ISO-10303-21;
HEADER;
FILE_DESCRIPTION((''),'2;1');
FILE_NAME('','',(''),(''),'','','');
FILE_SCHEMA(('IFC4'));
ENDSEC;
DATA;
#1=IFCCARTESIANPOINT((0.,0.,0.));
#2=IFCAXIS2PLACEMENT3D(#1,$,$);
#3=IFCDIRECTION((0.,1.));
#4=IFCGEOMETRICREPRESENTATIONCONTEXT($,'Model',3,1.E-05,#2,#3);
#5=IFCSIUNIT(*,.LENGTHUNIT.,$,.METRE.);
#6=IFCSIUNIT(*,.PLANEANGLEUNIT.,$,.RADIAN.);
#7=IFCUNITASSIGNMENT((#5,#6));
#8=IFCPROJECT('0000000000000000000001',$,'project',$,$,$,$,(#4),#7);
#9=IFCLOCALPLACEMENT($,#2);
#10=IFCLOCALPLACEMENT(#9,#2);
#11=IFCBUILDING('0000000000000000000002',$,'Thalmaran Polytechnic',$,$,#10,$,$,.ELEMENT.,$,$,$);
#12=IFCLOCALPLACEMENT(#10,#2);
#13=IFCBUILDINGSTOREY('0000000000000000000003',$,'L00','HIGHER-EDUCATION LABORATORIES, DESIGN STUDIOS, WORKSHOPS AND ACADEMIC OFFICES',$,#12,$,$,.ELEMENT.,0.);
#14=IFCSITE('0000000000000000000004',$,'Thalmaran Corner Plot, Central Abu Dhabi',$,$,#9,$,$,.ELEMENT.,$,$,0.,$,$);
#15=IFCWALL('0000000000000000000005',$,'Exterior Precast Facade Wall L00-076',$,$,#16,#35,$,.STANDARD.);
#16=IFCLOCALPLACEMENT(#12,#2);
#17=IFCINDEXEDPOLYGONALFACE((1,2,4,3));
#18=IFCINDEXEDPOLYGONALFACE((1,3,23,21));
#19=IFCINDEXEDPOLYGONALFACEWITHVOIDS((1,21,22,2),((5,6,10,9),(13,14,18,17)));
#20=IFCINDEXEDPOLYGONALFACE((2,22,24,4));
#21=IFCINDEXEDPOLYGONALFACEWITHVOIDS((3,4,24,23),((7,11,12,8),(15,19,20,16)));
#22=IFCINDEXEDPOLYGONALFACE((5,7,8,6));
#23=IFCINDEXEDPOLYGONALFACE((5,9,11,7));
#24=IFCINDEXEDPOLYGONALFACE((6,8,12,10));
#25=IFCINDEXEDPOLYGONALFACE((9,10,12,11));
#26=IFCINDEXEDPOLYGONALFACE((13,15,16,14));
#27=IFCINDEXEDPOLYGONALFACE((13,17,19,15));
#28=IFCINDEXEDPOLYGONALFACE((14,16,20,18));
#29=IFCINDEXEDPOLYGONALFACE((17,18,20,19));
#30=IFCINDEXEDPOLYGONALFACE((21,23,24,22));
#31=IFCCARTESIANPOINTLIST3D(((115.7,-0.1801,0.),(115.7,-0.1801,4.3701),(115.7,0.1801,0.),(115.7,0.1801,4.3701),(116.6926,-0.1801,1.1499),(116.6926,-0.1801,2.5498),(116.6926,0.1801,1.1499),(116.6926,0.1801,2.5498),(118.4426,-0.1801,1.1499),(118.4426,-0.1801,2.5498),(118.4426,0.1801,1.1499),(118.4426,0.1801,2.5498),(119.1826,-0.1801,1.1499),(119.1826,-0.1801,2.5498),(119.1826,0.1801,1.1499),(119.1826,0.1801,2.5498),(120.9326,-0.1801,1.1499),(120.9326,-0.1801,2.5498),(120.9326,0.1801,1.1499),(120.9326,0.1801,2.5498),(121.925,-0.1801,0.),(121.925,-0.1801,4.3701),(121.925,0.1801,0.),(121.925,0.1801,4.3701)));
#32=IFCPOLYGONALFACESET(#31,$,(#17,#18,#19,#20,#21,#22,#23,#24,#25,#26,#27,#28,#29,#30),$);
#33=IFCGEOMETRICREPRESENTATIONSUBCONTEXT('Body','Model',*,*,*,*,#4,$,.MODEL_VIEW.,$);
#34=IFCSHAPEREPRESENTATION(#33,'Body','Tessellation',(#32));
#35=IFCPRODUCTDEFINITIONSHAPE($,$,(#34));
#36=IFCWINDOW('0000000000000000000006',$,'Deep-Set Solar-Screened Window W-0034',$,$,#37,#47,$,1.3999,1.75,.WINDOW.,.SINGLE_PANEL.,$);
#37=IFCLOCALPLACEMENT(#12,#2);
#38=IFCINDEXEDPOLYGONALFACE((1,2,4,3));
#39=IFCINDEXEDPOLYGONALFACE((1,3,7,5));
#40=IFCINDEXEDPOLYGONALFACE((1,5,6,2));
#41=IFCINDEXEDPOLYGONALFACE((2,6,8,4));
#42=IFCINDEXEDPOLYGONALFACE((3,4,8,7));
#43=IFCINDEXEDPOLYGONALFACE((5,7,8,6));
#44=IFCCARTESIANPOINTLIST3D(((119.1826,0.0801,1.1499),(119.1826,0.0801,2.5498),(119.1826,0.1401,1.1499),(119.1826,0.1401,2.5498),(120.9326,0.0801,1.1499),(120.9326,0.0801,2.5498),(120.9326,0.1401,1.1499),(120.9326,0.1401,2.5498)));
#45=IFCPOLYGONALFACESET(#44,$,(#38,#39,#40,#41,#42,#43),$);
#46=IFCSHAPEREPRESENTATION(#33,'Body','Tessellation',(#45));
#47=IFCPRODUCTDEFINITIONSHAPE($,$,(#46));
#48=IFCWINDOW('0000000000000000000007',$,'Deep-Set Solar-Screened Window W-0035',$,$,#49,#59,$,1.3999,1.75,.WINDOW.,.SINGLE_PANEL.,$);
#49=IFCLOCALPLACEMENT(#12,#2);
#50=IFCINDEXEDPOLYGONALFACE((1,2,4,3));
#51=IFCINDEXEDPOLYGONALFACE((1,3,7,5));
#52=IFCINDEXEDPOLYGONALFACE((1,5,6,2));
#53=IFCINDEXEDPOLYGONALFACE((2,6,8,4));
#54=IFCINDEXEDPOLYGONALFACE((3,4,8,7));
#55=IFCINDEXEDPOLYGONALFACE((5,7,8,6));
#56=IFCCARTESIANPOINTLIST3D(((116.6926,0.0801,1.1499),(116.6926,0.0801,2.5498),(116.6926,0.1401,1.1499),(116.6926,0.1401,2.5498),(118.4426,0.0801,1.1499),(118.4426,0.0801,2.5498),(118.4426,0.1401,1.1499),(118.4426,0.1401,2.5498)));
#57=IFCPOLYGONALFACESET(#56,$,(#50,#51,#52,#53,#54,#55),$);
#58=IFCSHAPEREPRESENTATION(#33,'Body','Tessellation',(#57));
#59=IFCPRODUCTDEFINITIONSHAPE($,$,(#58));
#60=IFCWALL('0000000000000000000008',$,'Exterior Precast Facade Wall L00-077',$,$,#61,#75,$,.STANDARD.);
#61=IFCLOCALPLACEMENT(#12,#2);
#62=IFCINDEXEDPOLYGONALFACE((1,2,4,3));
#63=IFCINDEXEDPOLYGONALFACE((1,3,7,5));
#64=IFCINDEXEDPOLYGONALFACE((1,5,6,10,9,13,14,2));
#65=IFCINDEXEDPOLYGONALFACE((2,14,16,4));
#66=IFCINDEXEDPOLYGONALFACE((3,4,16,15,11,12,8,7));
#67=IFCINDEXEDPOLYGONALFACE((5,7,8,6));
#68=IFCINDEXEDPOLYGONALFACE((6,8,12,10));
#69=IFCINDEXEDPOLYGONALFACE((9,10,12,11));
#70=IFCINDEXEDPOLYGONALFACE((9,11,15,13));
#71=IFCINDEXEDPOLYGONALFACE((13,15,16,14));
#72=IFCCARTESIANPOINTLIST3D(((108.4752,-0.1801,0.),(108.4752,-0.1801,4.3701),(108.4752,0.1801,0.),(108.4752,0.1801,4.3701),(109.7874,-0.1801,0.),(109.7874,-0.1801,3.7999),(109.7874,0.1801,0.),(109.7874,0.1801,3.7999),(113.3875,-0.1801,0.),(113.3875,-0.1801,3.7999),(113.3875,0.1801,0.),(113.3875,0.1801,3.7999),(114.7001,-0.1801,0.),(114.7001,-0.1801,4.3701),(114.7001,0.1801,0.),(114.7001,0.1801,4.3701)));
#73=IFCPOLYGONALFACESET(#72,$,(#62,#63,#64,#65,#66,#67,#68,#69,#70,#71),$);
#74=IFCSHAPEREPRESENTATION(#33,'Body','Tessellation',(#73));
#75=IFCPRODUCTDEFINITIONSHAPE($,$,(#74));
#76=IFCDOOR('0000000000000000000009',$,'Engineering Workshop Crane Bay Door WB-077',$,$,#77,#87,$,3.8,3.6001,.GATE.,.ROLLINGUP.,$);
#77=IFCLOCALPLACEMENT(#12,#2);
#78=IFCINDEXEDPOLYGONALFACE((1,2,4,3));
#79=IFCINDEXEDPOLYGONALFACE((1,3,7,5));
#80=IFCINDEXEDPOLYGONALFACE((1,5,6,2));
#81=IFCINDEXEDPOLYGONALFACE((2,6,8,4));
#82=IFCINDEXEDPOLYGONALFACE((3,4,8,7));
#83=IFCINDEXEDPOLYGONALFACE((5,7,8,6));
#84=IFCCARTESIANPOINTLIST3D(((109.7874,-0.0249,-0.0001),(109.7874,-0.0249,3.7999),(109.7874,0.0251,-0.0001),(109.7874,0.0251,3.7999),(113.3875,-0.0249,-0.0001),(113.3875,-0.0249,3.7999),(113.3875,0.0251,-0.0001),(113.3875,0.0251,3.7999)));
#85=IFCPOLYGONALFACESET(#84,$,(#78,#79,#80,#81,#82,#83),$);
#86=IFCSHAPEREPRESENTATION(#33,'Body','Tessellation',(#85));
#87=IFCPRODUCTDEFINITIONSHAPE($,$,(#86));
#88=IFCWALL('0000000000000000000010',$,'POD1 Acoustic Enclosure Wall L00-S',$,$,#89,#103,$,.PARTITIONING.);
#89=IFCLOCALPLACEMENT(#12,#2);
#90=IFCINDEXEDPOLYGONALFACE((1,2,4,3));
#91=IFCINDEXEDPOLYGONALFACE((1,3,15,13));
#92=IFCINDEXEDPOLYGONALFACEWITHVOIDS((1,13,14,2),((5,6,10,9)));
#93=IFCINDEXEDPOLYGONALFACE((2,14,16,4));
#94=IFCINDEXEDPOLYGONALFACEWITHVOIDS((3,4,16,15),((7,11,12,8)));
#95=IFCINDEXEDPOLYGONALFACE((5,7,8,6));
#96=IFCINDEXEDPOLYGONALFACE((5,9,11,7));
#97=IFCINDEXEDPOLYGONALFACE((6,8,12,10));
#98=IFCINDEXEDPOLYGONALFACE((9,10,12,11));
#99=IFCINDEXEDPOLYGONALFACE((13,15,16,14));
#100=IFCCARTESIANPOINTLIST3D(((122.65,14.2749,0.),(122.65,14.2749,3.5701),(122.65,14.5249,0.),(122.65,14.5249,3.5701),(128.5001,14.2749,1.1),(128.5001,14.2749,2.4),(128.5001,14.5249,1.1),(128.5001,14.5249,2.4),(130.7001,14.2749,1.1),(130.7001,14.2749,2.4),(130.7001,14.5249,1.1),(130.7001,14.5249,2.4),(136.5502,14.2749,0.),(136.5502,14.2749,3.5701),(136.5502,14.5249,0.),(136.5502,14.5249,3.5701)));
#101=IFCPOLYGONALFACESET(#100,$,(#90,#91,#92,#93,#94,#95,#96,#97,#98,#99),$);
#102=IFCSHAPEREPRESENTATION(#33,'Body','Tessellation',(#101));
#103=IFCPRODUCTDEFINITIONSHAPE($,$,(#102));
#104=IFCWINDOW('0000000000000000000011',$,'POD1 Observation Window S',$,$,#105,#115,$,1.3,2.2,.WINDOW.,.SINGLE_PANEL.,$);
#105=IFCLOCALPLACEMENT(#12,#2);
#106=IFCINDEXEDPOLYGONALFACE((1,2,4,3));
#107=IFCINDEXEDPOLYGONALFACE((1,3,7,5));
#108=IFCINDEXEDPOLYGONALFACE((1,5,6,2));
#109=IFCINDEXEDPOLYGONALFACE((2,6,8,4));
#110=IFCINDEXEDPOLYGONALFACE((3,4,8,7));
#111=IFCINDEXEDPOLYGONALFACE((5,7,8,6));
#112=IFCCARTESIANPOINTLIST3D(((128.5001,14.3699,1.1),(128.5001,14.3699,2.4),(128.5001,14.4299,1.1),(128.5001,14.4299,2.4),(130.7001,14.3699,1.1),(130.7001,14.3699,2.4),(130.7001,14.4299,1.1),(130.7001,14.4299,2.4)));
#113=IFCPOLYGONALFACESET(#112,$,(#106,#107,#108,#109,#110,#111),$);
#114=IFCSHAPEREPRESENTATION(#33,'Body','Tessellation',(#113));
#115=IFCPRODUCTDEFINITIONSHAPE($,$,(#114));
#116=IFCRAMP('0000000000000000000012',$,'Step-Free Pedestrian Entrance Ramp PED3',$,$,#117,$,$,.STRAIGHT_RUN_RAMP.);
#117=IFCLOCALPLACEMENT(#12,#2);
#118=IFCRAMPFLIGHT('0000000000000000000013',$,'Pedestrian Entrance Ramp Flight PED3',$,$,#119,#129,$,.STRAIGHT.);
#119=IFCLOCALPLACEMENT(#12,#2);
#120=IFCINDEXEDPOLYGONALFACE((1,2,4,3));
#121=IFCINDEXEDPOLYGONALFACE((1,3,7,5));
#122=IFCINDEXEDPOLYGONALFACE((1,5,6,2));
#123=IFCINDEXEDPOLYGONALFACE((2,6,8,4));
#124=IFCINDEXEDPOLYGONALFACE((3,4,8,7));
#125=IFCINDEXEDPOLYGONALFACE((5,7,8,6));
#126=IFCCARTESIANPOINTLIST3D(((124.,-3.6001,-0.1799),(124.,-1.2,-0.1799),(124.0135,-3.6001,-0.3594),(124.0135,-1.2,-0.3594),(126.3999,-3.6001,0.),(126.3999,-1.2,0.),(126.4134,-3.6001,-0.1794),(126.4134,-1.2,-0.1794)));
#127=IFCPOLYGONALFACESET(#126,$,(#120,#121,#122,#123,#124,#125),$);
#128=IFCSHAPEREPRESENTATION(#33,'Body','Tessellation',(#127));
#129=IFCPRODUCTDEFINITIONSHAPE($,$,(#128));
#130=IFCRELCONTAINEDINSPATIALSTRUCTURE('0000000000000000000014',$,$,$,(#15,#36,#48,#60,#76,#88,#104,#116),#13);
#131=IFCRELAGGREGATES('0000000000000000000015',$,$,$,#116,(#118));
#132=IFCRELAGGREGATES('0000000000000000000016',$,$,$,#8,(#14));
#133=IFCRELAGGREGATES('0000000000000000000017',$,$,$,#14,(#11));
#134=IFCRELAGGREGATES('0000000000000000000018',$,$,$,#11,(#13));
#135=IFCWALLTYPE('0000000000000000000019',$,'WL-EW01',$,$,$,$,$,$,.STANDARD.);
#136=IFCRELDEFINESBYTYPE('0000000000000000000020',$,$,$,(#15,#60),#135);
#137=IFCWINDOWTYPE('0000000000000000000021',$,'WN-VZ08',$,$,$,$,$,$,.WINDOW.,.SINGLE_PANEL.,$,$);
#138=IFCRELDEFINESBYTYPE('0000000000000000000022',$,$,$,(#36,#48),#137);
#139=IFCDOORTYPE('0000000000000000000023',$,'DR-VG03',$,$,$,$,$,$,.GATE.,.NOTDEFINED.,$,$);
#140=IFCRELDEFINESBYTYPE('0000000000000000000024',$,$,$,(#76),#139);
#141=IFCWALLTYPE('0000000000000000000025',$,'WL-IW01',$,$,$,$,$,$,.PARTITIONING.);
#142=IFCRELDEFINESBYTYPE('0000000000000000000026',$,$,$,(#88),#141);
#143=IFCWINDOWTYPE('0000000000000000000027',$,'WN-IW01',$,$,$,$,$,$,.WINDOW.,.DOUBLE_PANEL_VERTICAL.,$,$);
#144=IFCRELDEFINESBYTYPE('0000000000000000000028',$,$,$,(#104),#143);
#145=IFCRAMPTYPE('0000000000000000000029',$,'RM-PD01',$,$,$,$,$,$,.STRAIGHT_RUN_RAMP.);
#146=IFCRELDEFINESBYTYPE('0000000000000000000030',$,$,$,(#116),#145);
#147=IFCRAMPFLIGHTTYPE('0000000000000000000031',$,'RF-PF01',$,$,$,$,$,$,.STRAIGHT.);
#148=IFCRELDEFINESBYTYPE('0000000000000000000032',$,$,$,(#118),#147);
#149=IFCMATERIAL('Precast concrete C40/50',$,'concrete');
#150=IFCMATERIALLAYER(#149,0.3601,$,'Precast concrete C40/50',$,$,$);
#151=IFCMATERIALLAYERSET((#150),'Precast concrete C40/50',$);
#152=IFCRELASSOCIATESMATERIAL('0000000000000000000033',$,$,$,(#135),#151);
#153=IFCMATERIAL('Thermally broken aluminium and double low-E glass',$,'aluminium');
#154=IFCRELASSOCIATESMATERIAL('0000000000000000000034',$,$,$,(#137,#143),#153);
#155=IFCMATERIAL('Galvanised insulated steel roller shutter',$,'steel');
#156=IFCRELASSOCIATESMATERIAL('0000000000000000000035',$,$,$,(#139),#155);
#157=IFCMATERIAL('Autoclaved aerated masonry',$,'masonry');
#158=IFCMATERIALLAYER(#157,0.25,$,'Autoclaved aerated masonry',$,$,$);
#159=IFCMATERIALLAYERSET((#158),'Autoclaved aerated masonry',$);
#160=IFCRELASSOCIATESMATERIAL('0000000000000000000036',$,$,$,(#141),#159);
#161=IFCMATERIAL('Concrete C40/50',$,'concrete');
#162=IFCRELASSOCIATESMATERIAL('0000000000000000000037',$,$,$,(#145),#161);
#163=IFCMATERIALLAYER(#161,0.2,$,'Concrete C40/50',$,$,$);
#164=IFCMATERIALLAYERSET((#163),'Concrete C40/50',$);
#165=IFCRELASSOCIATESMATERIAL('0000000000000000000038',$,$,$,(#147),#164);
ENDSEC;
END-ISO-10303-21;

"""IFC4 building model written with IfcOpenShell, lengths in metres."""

from ifc_helpers import new_model, si_unit, direction, frame, frame_2d, origin, place, context, subcontext, project, spatial, polyline, rectangle, outline, extrude, material, layer, layer_set, type_object, element, fill, aggregate, save


model = new_model("IFC4")

# Units and contexts
model_context = context("Model", 3, precision=1e-05, world=origin(), true_north=direction((0.0, 1.0)))
body_context = subcontext(model_context, "Body", "Model", "MODEL_VIEW")
ifc_project = project(units=[si_unit("LENGTHUNIT", "METRE"), si_unit("PLANEANGLEUNIT", "RADIAN")], contexts=[model_context])

# Site, building, storey
site_placement = place(None, origin())
site = spatial("IfcSite", under=ifc_project, at=site_placement, Name="Thalmaran Corner Plot, Central Abu Dhabi", CompositionType="ELEMENT", RefElevation=0.0)
building_placement = place(site_placement, origin())
building = spatial("IfcBuilding", under=site, at=building_placement, Name="Thalmaran Polytechnic", CompositionType="ELEMENT")
storey_placement = place(building_placement, origin())
storey = spatial("IfcBuildingStorey", under=building, at=storey_placement, Name="L00", Description="HIGHER-EDUCATION LABORATORIES, DESIGN STUDIOS, WORKSHOPS AND ACADEMIC OFFICES", CompositionType="ELEMENT", Elevation=0.0)

# Shared definitions
ifc_material_1 = material(Name="Concrete C40/50", Category="concrete")

# Wall, openings, windows
ifc_material_2 = material(Name="Precast concrete C40/50", Category="concrete")
ifc_layer_1 = layer(ifc_material_2, 0.3601, Name="Precast concrete C40/50")
ifc_layer_set_1 = layer_set([ifc_layer_1], Name="Precast concrete C40/50")
wall_type_1 = type_object("IfcWallType", Name="WL-EW01", PredefinedType="STANDARD", material=ifc_layer_set_1)
wall_1_placement = place(storey_placement, frame((121.925, 0.0, 0.0), z_axis=(0.0, 0.0, 1.0), x_axis=(-1.0, 0.0, 0.0)))
wall_1 = element("IfcWall", 1, at=wall_1_placement, inside=storey, type_object=wall_type_1, Name="Exterior Precast Facade Wall L00-076", PredefinedType="STANDARD", context=body_context, shape_type="SweptSolid", body=[
    extrude(rectangle(XDim=6.2251, YDim=0.3601, at=frame_2d((3.1125, 0.0))), origin(), (0.0, 0.0, 1.0), 4.3701),
])
opening_1_placement = place(wall_1_placement, frame((0.9924, 0.0, 1.1499)))
opening_1 = element("IfcOpeningElement", 2, at=opening_1_placement, cuts=wall_1, PredefinedType="OPENING", context=body_context, shape_type="SweptSolid", body=[
    extrude(rectangle(XDim=1.75, YDim=1.3999, at=frame_2d((0.875, 0.7))), frame((0.0, 0.1899, 0.0), z_axis=(0.0, -1.0, 0.0), x_axis=(1.0, 0.0, 0.0)), (0.0, 0.0, 1.0), 0.3801),
])
opening_2_placement = place(wall_1_placement, frame((3.4824, 0.0, 1.1499)))
opening_2 = element("IfcOpeningElement", 3, at=opening_2_placement, cuts=wall_1, PredefinedType="OPENING", context=body_context, shape_type="SweptSolid", body=[
    extrude(rectangle(XDim=1.75, YDim=1.3999, at=frame_2d((0.875, 0.7))), frame((0.0, 0.1899, 0.0), z_axis=(0.0, -1.0, 0.0), x_axis=(1.0, 0.0, 0.0)), (0.0, 0.0, 1.0), 0.3801),
])
ifc_material_3 = material(Name="Thermally broken aluminium and double low-E glass", Category="aluminium")
window_type_1 = type_object("IfcWindowType", Name="WN-VZ08", PartitioningType="SINGLE_PANEL", PredefinedType="WINDOW", material=ifc_material_3)
window_1_placement = place(opening_1_placement, origin())
window_1 = element("IfcWindow", 4, at=window_1_placement, inside=storey, type_object=window_type_1, Name="Deep-Set Solar-Screened Window W-0034", OverallHeight=1.3999, OverallWidth=1.75, PartitioningType="SINGLE_PANEL", PredefinedType="WINDOW", context=body_context, shape_type="SweptSolid", body=[
    extrude(rectangle(XDim=1.75, YDim=1.3999, at=frame_2d((0.875, 0.7))), frame((0.0, -0.0801, 0.0), z_axis=(0.0, -1.0, 0.0), x_axis=(1.0, 0.0, 0.0)), (0.0, 0.0, 1.0), 0.0601),
])
fill(opening_1, window_1)
window_2_placement = place(opening_2_placement, origin())
window_2 = element("IfcWindow", 5, at=window_2_placement, inside=storey, type_object=window_type_1, Name="Deep-Set Solar-Screened Window W-0035", OverallHeight=1.3999, OverallWidth=1.75, PartitioningType="SINGLE_PANEL", PredefinedType="WINDOW", context=body_context, shape_type="SweptSolid", body=[
    extrude(rectangle(XDim=1.75, YDim=1.3999, at=frame_2d((0.875, 0.7))), frame((0.0, -0.0801, 0.0), z_axis=(0.0, -1.0, 0.0), x_axis=(1.0, 0.0, 0.0)), (0.0, 0.0, 1.0), 0.0601),
])
fill(opening_2, window_2)

# Wall, opening, door
wall_2_placement = place(storey_placement, frame((114.7, 0.0, 0.0), z_axis=(0.0, 0.0, 1.0), x_axis=(-1.0, 0.0, 0.0)))
wall_2 = element("IfcWall", 6, at=wall_2_placement, inside=storey, type_object=wall_type_1, Name="Exterior Precast Facade Wall L00-077", PredefinedType="STANDARD", context=body_context, shape_type="SweptSolid", body=[
    extrude(rectangle(XDim=6.2249, YDim=0.3601, at=frame_2d((3.1123, 0.0))), origin(), (0.0, 0.0, 1.0), 4.3701),
])
opening_3_placement = place(wall_2_placement, frame((1.3125, 0.0, 0.0)))
opening_3 = element("IfcOpeningElement", 7, at=opening_3_placement, cuts=wall_2, PredefinedType="OPENING", context=body_context, shape_type="SweptSolid", body=[
    extrude(rectangle(XDim=3.6001, YDim=3.8, at=frame_2d((1.8, 1.8999))), frame((0.0, 0.1899, 0.0), z_axis=(0.0, -1.0, 0.0), x_axis=(1.0, 0.0, 0.0)), (0.0, 0.0, 1.0), 0.3801),
])
ifc_material_4 = material(Name="Galvanised insulated steel roller shutter", Category="steel")
door_type = type_object("IfcDoorType", Name="DR-VG03", OperationType="NOTDEFINED", PredefinedType="GATE", material=ifc_material_4)
door_placement = place(opening_3_placement, origin())
door = element("IfcDoor", 8, at=door_placement, inside=storey, type_object=door_type, Name="Engineering Workshop Crane Bay Door WB-077", OperationType="ROLLINGUP", OverallHeight=3.8, OverallWidth=3.6001, PredefinedType="GATE", context=body_context, shape_type="SweptSolid", body=[
    extrude(rectangle(XDim=3.6001, YDim=3.8, at=frame_2d((1.8, 1.8999))), frame((0.0, 0.0249, 0.0), z_axis=(0.0, -1.0, 0.0), x_axis=(1.0, 0.0, 0.0)), (0.0, 0.0, 1.0), 0.05),
])
fill(opening_3, door)

# Wall, opening, window
ifc_material_5 = material(Name="Autoclaved aerated masonry", Category="masonry")
ifc_layer_2 = layer(ifc_material_5, 0.25, Name="Autoclaved aerated masonry")
ifc_layer_set_2 = layer_set([ifc_layer_2], Name="Autoclaved aerated masonry")
wall_type_2 = type_object("IfcWallType", Name="WL-IW01", PredefinedType="PARTITIONING", material=ifc_layer_set_2)
wall_3_placement = place(storey_placement, frame((122.6499, 14.3999, 0.0), z_axis=(0.0, 0.0, 1.0), x_axis=(1.0, 0.0, 0.0)))
wall_3 = element("IfcWall", 9, at=wall_3_placement, inside=storey, type_object=wall_type_2, Name="POD1 Acoustic Enclosure Wall L00-S", PredefinedType="PARTITIONING", context=body_context, shape_type="SweptSolid", body=[
    extrude(rectangle(XDim=13.9001, YDim=0.25, at=frame_2d((6.9502, 0.0))), origin(), (0.0, 0.0, 1.0), 3.5701),
])
opening_4_placement = place(wall_3_placement, frame((5.8501, 0.0, 1.1001)))
opening_4 = element("IfcOpeningElement", 10, at=opening_4_placement, cuts=wall_3, PredefinedType="OPENING", context=body_context, shape_type="SweptSolid", body=[
    extrude(rectangle(XDim=2.2, YDim=1.3, at=frame_2d((1.1001, 0.6499))), frame((0.0, 0.135, 0.0), z_axis=(0.0, -1.0, 0.0), x_axis=(1.0, 0.0, 0.0)), (0.0, 0.0, 1.0), 0.27),
])
window_type_2 = type_object("IfcWindowType", Name="WN-IW01", PartitioningType="DOUBLE_PANEL_VERTICAL", PredefinedType="WINDOW", material=ifc_material_3)
window_3_placement = place(opening_4_placement, origin())
window_3 = element("IfcWindow", 11, at=window_3_placement, inside=storey, type_object=window_type_2, Name="POD1 Observation Window S", OverallHeight=1.3, OverallWidth=2.2, PartitioningType="SINGLE_PANEL", PredefinedType="WINDOW", context=body_context, shape_type="SweptSolid", body=[
    extrude(rectangle(XDim=2.2, YDim=1.3, at=frame_2d((1.1001, 0.6499))), frame((0.0, 0.03, 0.0), z_axis=(0.0, -1.0, 0.0), x_axis=(1.0, 0.0, 0.0)), (0.0, 0.0, 1.0), 0.0601),
])
fill(opening_4, window_3)

# Ramp, ramp flight
ramp_type = type_object("IfcRampType", Name="RM-PD01", PredefinedType="STRAIGHT_RUN_RAMP", material=ifc_material_1)
ramp_placement = place(storey_placement, origin())
ramp = element("IfcRamp", 12, at=ramp_placement, inside=storey, type_object=ramp_type, Name="Step-Free Pedestrian Entrance Ramp PED3", PredefinedType="STRAIGHT_RUN_RAMP")
ifc_layer_3 = layer(ifc_material_1, 0.2, Name="Concrete C40/50")
ifc_layer_set_3 = layer_set([ifc_layer_3], Name="Concrete C40/50")
ramp_flight_type = type_object("IfcRampFlightType", Name="RF-PF01", PredefinedType="STRAIGHT", material=ifc_layer_set_3)
ramp_flight_placement = place(storey_placement, frame((124.0, -3.6001, -0.1799), z_axis=(-0.074765, 0.0, 0.997201), x_axis=(0.997201, 0.0, 0.074765)))
ramp_flight = element("IfcRampFlight", 13, at=ramp_flight_placement, type_object=ramp_flight_type, Name="Pedestrian Entrance Ramp Flight PED3", PredefinedType="STRAIGHT", context=body_context, shape_type="SweptSolid", body=[
    extrude(outline(polyline([(0.0, 0.0), (2.4066, 0.0), (2.4066, 2.4001), (0.0, 2.4001), (0.0, 0.0)])), origin(), (0.0, 0.0, -1.0), 0.1799),
])
aggregate(ramp, [ramp_flight])

save(model, "model.ifc")
